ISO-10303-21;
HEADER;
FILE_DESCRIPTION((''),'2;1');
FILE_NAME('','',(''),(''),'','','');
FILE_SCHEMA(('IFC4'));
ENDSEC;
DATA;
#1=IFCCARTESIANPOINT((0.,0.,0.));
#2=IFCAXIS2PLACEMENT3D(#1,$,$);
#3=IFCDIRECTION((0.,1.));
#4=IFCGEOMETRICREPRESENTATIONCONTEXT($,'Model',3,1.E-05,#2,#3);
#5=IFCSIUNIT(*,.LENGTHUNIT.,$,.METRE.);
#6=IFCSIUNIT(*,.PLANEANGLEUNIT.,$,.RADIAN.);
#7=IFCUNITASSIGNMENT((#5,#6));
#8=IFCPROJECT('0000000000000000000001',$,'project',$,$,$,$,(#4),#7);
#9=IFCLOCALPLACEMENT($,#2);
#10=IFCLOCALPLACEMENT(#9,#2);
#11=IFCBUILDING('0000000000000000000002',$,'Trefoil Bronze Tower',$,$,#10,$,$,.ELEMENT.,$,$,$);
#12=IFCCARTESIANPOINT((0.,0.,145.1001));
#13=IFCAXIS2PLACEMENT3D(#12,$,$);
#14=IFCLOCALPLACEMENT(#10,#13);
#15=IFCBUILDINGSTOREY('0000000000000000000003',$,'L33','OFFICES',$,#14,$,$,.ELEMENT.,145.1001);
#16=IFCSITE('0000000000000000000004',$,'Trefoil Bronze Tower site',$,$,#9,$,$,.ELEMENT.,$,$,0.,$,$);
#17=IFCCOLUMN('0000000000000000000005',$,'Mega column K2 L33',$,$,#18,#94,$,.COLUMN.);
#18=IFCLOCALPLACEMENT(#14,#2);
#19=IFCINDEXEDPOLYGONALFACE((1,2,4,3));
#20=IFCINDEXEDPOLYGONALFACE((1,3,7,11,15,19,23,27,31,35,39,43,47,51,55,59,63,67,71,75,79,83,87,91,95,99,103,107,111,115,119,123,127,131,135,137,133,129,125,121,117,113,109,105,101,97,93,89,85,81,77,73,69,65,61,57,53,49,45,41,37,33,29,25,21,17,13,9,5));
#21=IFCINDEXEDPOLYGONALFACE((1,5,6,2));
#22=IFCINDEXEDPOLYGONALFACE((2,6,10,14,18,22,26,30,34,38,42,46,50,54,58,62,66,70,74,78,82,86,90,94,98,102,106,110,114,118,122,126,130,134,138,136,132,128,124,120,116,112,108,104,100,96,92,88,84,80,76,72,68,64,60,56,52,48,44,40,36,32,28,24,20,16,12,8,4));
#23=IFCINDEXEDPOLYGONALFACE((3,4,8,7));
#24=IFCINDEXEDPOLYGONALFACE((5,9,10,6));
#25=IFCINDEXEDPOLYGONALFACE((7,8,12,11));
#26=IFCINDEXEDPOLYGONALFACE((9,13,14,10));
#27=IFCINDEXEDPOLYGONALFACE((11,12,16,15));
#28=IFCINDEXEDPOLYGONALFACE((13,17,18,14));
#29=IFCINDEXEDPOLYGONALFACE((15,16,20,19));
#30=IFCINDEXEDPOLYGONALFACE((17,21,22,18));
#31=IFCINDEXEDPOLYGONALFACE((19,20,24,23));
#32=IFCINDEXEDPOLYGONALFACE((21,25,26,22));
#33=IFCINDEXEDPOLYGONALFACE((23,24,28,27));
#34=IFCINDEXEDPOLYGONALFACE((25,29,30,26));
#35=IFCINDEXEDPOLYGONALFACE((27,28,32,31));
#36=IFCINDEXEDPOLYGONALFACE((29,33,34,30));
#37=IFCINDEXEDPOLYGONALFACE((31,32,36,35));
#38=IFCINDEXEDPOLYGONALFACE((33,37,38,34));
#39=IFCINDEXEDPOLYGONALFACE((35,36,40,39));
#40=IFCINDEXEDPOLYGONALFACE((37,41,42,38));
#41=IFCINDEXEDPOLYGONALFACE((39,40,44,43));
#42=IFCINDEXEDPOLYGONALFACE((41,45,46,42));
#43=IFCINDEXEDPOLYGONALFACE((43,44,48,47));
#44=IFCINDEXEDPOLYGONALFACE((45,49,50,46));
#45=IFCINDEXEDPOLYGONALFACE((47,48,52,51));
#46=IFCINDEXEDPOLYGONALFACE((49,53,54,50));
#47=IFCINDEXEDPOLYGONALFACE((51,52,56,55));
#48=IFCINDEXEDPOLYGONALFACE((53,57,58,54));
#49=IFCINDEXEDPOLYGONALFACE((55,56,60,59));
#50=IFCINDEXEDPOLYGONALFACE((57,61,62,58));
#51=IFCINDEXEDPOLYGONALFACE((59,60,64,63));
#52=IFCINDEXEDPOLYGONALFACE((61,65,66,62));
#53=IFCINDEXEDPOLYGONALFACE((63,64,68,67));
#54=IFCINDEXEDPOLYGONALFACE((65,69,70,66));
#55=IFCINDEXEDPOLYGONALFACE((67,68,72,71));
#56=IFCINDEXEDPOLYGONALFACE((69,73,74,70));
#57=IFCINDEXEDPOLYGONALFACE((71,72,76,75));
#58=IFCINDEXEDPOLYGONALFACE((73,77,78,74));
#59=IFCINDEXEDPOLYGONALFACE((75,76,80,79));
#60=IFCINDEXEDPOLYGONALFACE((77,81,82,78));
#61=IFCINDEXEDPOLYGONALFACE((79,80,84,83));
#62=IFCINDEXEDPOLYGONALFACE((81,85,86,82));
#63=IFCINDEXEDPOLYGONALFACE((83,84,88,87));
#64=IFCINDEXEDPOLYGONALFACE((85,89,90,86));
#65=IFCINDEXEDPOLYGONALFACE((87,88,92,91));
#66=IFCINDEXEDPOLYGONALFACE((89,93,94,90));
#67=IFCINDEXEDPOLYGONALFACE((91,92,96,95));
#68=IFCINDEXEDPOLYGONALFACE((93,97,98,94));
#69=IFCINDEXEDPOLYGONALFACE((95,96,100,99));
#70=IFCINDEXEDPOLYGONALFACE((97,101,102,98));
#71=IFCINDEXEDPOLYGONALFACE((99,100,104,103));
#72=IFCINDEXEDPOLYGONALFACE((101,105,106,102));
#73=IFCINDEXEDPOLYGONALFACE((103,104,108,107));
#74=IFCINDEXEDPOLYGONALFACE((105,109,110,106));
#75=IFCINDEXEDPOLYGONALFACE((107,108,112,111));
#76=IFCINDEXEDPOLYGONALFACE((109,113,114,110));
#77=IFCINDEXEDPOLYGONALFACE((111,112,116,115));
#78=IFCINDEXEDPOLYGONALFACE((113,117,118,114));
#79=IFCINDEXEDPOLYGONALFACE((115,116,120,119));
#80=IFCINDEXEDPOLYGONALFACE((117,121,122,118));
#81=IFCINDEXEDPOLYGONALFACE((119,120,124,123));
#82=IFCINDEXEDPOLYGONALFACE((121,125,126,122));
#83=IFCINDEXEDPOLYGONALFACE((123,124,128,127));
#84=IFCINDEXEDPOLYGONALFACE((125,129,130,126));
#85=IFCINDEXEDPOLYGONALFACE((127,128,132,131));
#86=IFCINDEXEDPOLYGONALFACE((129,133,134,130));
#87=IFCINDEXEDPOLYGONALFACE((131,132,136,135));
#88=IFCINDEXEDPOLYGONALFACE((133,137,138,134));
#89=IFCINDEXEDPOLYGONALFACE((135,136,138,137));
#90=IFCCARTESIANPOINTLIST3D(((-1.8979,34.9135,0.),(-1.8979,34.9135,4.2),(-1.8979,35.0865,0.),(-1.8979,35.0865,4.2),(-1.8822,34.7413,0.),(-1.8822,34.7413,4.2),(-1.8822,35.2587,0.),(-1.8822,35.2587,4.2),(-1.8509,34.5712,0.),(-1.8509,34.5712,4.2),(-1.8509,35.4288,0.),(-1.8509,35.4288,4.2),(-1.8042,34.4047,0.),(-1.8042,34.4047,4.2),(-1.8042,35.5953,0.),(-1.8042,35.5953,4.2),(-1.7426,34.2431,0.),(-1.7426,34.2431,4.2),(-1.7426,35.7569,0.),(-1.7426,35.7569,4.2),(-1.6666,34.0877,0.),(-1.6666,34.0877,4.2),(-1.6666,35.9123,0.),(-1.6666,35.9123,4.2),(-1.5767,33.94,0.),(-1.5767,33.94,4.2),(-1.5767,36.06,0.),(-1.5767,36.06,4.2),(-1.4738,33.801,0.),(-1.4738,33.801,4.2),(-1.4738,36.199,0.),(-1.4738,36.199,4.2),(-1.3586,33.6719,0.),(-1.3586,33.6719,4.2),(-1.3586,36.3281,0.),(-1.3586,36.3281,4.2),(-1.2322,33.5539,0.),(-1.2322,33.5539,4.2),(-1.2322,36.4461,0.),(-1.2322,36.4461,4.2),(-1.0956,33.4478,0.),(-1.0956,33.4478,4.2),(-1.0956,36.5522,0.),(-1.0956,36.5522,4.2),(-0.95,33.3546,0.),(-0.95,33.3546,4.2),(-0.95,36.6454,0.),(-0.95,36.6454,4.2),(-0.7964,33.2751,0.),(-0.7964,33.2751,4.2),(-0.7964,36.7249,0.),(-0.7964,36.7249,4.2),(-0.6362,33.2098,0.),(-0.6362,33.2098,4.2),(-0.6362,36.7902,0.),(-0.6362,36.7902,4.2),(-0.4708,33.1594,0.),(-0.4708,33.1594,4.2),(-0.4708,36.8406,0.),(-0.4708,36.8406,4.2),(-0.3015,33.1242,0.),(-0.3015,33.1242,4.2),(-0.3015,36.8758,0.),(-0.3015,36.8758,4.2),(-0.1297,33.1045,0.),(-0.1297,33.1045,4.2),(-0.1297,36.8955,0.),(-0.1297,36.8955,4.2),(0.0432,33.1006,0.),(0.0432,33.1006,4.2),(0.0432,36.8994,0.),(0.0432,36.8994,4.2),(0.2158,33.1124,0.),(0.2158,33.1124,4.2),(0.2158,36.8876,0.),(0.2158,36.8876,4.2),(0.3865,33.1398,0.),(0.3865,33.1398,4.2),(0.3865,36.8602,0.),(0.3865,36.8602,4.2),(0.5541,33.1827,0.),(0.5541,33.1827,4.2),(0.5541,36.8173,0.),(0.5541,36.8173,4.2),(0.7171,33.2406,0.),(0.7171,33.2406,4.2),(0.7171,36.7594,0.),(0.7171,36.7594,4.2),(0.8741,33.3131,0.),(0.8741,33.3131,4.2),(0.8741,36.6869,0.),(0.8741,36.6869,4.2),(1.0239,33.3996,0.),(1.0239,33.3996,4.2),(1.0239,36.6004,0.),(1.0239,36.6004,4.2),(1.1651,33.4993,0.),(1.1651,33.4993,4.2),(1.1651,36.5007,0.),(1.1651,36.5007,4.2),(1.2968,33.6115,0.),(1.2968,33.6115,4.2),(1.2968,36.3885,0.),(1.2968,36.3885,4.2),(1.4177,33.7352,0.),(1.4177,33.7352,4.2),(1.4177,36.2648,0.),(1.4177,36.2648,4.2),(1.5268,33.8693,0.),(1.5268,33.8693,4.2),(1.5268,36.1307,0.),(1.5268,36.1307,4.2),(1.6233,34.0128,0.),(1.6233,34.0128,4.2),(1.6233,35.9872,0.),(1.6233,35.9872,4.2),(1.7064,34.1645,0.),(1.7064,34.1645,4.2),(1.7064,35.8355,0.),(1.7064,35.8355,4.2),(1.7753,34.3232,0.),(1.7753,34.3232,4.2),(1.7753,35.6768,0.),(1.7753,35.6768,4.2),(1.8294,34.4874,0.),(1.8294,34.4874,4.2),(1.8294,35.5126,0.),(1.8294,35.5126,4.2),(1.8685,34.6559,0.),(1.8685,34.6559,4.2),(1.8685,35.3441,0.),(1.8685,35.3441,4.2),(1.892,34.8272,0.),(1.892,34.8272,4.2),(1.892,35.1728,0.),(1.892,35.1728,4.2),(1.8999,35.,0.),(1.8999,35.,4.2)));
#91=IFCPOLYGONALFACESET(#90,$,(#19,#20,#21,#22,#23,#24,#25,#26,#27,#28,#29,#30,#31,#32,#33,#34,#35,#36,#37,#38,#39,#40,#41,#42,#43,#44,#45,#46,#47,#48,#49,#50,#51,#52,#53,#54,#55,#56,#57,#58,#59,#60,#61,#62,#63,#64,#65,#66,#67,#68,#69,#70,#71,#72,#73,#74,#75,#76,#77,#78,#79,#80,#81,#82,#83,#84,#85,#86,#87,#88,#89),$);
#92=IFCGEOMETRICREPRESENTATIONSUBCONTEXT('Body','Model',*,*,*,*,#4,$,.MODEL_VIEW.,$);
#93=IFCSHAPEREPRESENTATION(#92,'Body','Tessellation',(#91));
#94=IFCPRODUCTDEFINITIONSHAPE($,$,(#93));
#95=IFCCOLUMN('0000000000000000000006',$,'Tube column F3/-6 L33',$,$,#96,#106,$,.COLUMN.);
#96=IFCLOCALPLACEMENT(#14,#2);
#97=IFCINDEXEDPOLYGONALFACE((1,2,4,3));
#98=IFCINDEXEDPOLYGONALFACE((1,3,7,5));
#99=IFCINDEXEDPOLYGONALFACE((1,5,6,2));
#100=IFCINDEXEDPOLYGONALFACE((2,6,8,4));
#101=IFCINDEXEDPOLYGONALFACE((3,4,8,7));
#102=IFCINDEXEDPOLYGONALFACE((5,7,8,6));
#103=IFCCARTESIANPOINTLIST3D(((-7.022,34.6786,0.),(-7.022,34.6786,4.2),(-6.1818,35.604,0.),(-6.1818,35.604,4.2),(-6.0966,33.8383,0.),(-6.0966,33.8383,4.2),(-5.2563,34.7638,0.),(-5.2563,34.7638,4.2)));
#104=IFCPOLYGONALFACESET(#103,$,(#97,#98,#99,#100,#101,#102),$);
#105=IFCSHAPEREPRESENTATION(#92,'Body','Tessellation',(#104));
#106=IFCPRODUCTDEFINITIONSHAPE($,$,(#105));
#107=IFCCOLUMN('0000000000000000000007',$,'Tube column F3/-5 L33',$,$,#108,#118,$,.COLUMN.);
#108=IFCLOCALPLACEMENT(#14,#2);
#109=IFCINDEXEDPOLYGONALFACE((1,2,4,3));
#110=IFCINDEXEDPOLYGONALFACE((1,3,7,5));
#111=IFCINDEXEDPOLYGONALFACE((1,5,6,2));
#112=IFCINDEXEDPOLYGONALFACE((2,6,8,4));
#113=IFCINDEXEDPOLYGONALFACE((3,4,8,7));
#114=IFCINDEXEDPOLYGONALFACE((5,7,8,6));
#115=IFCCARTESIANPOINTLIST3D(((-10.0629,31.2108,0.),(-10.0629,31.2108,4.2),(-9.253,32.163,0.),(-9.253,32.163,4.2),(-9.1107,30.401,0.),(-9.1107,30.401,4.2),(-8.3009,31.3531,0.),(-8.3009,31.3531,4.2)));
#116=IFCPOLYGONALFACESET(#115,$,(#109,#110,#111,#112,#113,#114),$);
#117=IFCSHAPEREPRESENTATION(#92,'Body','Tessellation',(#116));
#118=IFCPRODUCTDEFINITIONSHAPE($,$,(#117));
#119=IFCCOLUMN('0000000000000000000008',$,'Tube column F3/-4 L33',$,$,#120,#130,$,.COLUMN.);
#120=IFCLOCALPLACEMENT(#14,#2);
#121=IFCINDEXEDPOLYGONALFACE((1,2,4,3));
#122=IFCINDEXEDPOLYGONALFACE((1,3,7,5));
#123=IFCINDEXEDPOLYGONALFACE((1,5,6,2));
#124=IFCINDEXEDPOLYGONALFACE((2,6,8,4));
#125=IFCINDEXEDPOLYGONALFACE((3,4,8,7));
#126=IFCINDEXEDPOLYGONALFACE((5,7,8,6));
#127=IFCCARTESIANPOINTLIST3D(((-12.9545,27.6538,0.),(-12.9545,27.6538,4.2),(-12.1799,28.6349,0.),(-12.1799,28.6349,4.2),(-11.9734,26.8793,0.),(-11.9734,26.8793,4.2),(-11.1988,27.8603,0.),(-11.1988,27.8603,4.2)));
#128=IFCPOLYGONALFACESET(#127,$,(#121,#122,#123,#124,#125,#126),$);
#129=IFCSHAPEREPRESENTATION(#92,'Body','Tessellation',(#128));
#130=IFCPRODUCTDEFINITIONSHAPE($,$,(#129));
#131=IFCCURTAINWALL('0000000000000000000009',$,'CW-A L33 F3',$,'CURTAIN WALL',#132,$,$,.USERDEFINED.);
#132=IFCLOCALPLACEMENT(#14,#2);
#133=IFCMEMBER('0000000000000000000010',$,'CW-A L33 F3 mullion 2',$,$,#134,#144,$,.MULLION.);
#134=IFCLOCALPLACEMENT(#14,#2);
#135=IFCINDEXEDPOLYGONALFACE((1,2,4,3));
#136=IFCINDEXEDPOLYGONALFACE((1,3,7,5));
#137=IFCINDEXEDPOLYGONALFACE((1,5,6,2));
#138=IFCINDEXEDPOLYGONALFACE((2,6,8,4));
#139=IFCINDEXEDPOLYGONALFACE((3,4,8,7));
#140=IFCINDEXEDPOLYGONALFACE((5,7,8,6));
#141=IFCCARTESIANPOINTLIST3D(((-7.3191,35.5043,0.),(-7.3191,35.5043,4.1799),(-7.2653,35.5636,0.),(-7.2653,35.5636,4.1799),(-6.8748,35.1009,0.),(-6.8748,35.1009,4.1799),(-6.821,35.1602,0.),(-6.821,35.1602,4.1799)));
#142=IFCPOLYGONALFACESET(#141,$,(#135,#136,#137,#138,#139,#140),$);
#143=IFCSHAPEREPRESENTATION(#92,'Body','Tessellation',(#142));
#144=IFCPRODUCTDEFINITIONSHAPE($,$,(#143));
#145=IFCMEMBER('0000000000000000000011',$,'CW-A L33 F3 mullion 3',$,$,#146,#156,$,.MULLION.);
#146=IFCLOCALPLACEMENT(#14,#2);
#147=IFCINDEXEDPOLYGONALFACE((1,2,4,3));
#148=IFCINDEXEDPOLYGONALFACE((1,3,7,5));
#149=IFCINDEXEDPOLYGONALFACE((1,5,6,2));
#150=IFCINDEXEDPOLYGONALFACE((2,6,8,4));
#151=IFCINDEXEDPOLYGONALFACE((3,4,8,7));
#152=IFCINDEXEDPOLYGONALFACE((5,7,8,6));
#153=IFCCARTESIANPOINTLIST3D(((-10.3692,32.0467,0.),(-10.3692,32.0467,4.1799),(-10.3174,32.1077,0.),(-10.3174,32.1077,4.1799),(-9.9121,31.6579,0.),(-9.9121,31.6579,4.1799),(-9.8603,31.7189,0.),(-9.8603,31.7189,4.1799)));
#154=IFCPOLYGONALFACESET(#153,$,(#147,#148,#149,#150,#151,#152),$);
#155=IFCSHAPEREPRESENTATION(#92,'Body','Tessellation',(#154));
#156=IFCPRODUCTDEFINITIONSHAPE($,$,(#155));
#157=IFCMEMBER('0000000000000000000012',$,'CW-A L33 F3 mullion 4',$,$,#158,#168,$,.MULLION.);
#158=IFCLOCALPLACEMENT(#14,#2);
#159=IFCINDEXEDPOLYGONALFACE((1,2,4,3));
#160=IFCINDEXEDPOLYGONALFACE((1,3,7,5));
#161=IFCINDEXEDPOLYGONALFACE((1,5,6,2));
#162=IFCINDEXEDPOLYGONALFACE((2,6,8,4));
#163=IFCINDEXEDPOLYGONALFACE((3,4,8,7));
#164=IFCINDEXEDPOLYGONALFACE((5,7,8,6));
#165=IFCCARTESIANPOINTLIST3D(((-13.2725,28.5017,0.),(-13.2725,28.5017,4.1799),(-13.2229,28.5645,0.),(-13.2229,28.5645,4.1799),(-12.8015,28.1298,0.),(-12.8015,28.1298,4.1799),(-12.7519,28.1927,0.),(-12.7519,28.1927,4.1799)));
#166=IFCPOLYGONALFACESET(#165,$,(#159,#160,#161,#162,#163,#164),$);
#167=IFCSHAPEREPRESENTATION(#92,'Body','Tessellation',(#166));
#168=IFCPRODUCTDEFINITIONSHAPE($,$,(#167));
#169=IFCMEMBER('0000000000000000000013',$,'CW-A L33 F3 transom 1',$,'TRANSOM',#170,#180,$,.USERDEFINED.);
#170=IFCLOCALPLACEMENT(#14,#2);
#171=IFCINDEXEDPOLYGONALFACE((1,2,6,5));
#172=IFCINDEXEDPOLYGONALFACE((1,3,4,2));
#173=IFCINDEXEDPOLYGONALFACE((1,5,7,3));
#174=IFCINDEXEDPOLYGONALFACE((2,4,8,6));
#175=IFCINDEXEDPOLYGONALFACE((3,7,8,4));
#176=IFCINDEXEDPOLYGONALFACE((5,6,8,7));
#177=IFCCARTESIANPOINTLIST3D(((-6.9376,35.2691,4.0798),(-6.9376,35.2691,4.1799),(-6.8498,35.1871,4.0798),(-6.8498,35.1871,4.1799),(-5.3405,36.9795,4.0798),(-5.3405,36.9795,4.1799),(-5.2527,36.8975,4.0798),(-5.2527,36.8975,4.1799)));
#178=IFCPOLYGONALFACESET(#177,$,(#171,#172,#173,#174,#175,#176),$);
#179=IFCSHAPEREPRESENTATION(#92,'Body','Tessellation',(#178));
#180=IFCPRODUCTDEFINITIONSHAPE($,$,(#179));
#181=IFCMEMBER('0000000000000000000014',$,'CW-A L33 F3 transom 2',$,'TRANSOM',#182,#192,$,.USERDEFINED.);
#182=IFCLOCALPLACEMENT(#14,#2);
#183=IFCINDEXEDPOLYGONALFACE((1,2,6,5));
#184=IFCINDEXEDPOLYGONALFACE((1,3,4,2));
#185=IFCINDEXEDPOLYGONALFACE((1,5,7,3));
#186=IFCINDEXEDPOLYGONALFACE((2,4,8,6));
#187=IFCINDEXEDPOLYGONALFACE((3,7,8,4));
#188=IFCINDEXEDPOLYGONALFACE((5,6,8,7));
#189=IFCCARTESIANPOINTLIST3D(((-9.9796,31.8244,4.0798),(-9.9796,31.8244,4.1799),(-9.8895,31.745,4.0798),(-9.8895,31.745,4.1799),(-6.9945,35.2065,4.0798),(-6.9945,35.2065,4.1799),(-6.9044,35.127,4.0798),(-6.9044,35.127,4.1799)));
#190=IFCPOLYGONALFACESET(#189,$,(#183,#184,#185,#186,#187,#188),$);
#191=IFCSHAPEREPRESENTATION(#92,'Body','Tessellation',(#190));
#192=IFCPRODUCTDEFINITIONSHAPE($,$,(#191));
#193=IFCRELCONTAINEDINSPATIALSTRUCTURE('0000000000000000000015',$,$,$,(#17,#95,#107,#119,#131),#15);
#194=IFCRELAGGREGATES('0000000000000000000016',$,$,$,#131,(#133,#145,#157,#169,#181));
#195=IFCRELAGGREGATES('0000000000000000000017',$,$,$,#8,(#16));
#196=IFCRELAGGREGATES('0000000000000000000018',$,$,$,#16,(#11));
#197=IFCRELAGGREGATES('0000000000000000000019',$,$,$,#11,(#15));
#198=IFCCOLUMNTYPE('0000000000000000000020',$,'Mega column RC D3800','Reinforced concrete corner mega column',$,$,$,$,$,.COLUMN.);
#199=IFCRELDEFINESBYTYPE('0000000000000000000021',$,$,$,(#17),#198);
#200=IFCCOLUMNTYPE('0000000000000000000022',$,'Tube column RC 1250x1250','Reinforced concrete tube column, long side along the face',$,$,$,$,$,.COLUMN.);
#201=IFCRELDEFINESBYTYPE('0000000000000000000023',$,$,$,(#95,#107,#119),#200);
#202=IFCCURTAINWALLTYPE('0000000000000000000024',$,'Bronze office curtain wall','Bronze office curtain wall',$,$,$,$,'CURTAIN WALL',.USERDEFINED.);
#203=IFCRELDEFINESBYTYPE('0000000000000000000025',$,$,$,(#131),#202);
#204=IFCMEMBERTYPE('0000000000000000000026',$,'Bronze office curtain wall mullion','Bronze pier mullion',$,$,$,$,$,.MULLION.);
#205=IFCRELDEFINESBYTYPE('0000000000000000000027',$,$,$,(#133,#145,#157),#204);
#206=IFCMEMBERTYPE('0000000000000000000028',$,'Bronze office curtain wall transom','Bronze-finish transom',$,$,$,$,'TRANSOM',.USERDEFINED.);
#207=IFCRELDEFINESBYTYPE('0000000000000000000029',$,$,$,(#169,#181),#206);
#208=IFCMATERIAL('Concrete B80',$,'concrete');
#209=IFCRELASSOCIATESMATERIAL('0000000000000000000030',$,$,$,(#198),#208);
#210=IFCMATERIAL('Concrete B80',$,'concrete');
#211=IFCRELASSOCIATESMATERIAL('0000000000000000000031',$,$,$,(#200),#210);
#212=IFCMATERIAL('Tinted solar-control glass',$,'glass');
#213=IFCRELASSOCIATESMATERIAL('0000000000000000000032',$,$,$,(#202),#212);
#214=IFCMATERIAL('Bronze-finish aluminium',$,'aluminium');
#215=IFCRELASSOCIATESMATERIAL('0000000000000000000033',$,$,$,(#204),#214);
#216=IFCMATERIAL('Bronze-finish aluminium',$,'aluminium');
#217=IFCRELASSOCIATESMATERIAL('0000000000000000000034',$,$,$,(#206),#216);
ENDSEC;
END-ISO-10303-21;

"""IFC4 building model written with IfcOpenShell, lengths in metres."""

from ifc_helpers import new_model, si_unit, direction, frame, origin, origin_2d, place, context, subcontext, project, spatial, rectangle, circle, extrude, material, material_profile, profile_set, type_object, element, aggregate, save


model = new_model("IFC4")

# Units and contexts
model_context = context("Model", 3, precision=1e-05, world=origin(), true_north=direction((0.0, 1.0)))
body_context = subcontext(model_context, "Body", "Model", "MODEL_VIEW")
ifc_project = project(units=[si_unit("LENGTHUNIT", "METRE"), si_unit("PLANEANGLEUNIT", "RADIAN")], contexts=[model_context])

# Site, building, storey
site_placement = place(None, origin())
site = spatial("IfcSite", under=ifc_project, at=site_placement, Name="Trefoil Bronze Tower site", CompositionType="ELEMENT", RefElevation=0.0)
building_placement = place(site_placement, origin())
building = spatial("IfcBuilding", under=site, at=building_placement, Name="Trefoil Bronze Tower", CompositionType="ELEMENT")
storey_placement = place(building_placement, frame((0.0, 0.0, 145.1001)))
storey = spatial("IfcBuildingStorey", under=building, at=storey_placement, Name="L33", Description="OFFICES", CompositionType="ELEMENT", Elevation=145.1001)

# Columns
ifc_material_1 = material(Name="Concrete B80", Category="concrete")
ifc_material_profile_1 = material_profile(ifc_material_1, circle(Radius=1.8999, at=origin_2d()), Name="RC D3800")
ifc_profile_set_1 = profile_set([ifc_material_profile_1], Name="Concrete B80")
column_type_1 = type_object("IfcColumnType", Name="Mega column RC D3800", Description="Reinforced concrete corner mega column", PredefinedType="COLUMN", material=ifc_profile_set_1)
column_placement = place(storey_placement, frame((0.0, 35.0, 0.0), z_axis=(0.0, 0.0, 1.0), x_axis=(1.0, 0.0, 0.0)))
element("IfcColumn", 1, at=column_placement, inside=storey, type_object=column_type_1, Name="Mega column K2 L33", PredefinedType="COLUMN", context=body_context, shape_type="SweptSolid", body=[
    extrude(circle(Radius=1.8999, at=origin_2d()), origin(), (0.0, 0.0, 1.0), 4.2),
])
ifc_material_2 = material(Name="Concrete B80", Category="concrete")
ifc_material_profile_2 = material_profile(ifc_material_2, rectangle(XDim=1.25, YDim=1.25, at=origin_2d()), Name="RC 1250x1250")
ifc_profile_set_2 = profile_set([ifc_material_profile_2], Name="Concrete B80")
column_type_2 = type_object("IfcColumnType", Name="Tube column RC 1250x1250", Description="Reinforced concrete tube column, long side along the face", PredefinedType="COLUMN", material=ifc_profile_set_2)
for number, where, z_axis, x_axis, name in (
    (2, (-6.1392, 34.7212, 0.0), (0.0, 0.0, 1.0), (-0.67221, -0.740361, 0.0), "Tube column F3/-6 L33"),
    (3, (-9.1819, 31.282, 0.0), (0.0, 0.0, 1.0), (-0.647904, -0.761722, 0.0), "Tube column F3/-5 L33"),
    (4, (-12.0767, 27.7571, 0.0), (0.0, 0.0, 1.0), (-0.619649, -0.784879, 0.0), "Tube column F3/-4 L33"),
):
    element("IfcColumn", number, at=place(storey_placement, frame(where, z_axis=z_axis, x_axis=x_axis)), inside=storey, type_object=column_type_2, Name=name, PredefinedType="COLUMN", context=body_context, shape_type="SweptSolid", body=[
        extrude(rectangle(XDim=1.25, YDim=1.25, at=origin_2d()), origin(), (0.0, 0.0, 1.0), 4.2),
    ])

# Curtain wall, members
ifc_material_3 = material(Name="Tinted solar-control glass", Category="glass")
curtain_wall_type_1 = type_object("IfcCurtainWallType", Name="Bronze office curtain wall", Description="Bronze office curtain wall", ElementType="CURTAIN WALL", PredefinedType="USERDEFINED", material=ifc_material_3)
curtain_wall_1_placement = place(storey_placement, origin())
curtain_wall_1 = element("IfcCurtainWall", 5, at=curtain_wall_1_placement, inside=storey, type_object=curtain_wall_type_1, Name="CW-A L33 F3", ObjectType="CURTAIN WALL", PredefinedType="USERDEFINED")
ifc_material_4 = material(Name="Bronze-finish aluminium", Category="aluminium")
ifc_material_profile_3 = material_profile(ifc_material_4, rectangle(XDim=0.6001, YDim=0.0801, at=origin_2d()), Name="CW-A mullion")
ifc_profile_set_3 = profile_set([ifc_material_profile_3], Name="Bronze-finish aluminium")
member_type_1 = type_object("IfcMemberType", Name="Bronze office curtain wall mullion", Description="Bronze pier mullion", PredefinedType="MULLION", material=ifc_profile_set_3)
member_1_placement = place(storey_placement, frame((-7.0701, 35.3323, 0.0), z_axis=(0.0, 0.0, 1.0), x_axis=(0.740361, -0.67221, 0.0)))
member_1 = element("IfcMember", 6, at=member_1_placement, type_object=member_type_1, Name="CW-A L33 F3 mullion 2", PredefinedType="MULLION", context=body_context, shape_type="SweptSolid", body=[
    extrude(rectangle(XDim=0.6001, YDim=0.0801, at=origin_2d()), origin(), (0.0, 0.0, 1.0), 4.1799),
])
member_2_placement = place(storey_placement, frame((-10.1147, 31.8828, 0.0), z_axis=(0.0, 0.0, 1.0), x_axis=(0.761722, -0.647904, 0.0)))
member_2 = element("IfcMember", 7, at=member_2_placement, type_object=member_type_1, Name="CW-A L33 F3 mullion 3", PredefinedType="MULLION", context=body_context, shape_type="SweptSolid", body=[
    extrude(rectangle(XDim=0.6001, YDim=0.0801, at=origin_2d()), origin(), (0.0, 0.0, 1.0), 4.1799),
])
member_3_placement = place(storey_placement, frame((-13.0122, 28.3472, 0.0), z_axis=(0.0, 0.0, 1.0), x_axis=(0.784879, -0.619649, 0.0)))
member_3 = element("IfcMember", 8, at=member_3_placement, type_object=member_type_1, Name="CW-A L33 F3 mullion 4", PredefinedType="MULLION", context=body_context, shape_type="SweptSolid", body=[
    extrude(rectangle(XDim=0.6001, YDim=0.0801, at=origin_2d()), origin(), (0.0, 0.0, 1.0), 4.1799),
])
ifc_material_5 = material(Name="Bronze-finish aluminium", Category="aluminium")
ifc_material_profile_4 = material_profile(ifc_material_5, rectangle(XDim=0.1201, YDim=0.1001, at=origin_2d()), Name="CW-A transom")
ifc_profile_set_4 = profile_set([ifc_material_profile_4], Name="Bronze-finish aluminium")
member_type_2 = type_object("IfcMemberType", Name="Bronze office curtain wall transom", Description="Bronze-finish transom", ElementType="TRANSOM", PredefinedType="USERDEFINED", material=ifc_profile_set_4)
member_4_placement = place(storey_placement, frame((-5.2966, 36.9385, 4.1299), z_axis=(-0.682489, -0.730896, 0.0), x_axis=(0.730896, -0.682489, 0.0)))
member_4 = element("IfcMember", 9, at=member_4_placement, type_object=member_type_2, Name="CW-A L33 F3 transom 1", ObjectType="TRANSOM", PredefinedType="USERDEFINED", context=body_context, shape_type="SweptSolid", body=[
    extrude(rectangle(XDim=0.1201, YDim=0.1001, at=origin_2d()), origin(), (0.0, 0.0, 1.0), 2.3401),
])
member_5_placement = place(storey_placement, frame((-6.9495, 35.1667, 4.1299), z_axis=(-0.661736, -0.749737, 0.0), x_axis=(0.749737, -0.661736, 0.0)))
member_5 = element("IfcMember", 10, at=member_5_placement, type_object=member_type_2, Name="CW-A L33 F3 transom 2", ObjectType="TRANSOM", PredefinedType="USERDEFINED", context=body_context, shape_type="SweptSolid", body=[
    extrude(rectangle(XDim=0.1201, YDim=0.1001, at=origin_2d()), origin(), (0.0, 0.0, 1.0), 4.511),
])

aggregate(curtain_wall_1, [member_1, member_2, member_3, member_4, member_5])

save(model, "model.ifc")
